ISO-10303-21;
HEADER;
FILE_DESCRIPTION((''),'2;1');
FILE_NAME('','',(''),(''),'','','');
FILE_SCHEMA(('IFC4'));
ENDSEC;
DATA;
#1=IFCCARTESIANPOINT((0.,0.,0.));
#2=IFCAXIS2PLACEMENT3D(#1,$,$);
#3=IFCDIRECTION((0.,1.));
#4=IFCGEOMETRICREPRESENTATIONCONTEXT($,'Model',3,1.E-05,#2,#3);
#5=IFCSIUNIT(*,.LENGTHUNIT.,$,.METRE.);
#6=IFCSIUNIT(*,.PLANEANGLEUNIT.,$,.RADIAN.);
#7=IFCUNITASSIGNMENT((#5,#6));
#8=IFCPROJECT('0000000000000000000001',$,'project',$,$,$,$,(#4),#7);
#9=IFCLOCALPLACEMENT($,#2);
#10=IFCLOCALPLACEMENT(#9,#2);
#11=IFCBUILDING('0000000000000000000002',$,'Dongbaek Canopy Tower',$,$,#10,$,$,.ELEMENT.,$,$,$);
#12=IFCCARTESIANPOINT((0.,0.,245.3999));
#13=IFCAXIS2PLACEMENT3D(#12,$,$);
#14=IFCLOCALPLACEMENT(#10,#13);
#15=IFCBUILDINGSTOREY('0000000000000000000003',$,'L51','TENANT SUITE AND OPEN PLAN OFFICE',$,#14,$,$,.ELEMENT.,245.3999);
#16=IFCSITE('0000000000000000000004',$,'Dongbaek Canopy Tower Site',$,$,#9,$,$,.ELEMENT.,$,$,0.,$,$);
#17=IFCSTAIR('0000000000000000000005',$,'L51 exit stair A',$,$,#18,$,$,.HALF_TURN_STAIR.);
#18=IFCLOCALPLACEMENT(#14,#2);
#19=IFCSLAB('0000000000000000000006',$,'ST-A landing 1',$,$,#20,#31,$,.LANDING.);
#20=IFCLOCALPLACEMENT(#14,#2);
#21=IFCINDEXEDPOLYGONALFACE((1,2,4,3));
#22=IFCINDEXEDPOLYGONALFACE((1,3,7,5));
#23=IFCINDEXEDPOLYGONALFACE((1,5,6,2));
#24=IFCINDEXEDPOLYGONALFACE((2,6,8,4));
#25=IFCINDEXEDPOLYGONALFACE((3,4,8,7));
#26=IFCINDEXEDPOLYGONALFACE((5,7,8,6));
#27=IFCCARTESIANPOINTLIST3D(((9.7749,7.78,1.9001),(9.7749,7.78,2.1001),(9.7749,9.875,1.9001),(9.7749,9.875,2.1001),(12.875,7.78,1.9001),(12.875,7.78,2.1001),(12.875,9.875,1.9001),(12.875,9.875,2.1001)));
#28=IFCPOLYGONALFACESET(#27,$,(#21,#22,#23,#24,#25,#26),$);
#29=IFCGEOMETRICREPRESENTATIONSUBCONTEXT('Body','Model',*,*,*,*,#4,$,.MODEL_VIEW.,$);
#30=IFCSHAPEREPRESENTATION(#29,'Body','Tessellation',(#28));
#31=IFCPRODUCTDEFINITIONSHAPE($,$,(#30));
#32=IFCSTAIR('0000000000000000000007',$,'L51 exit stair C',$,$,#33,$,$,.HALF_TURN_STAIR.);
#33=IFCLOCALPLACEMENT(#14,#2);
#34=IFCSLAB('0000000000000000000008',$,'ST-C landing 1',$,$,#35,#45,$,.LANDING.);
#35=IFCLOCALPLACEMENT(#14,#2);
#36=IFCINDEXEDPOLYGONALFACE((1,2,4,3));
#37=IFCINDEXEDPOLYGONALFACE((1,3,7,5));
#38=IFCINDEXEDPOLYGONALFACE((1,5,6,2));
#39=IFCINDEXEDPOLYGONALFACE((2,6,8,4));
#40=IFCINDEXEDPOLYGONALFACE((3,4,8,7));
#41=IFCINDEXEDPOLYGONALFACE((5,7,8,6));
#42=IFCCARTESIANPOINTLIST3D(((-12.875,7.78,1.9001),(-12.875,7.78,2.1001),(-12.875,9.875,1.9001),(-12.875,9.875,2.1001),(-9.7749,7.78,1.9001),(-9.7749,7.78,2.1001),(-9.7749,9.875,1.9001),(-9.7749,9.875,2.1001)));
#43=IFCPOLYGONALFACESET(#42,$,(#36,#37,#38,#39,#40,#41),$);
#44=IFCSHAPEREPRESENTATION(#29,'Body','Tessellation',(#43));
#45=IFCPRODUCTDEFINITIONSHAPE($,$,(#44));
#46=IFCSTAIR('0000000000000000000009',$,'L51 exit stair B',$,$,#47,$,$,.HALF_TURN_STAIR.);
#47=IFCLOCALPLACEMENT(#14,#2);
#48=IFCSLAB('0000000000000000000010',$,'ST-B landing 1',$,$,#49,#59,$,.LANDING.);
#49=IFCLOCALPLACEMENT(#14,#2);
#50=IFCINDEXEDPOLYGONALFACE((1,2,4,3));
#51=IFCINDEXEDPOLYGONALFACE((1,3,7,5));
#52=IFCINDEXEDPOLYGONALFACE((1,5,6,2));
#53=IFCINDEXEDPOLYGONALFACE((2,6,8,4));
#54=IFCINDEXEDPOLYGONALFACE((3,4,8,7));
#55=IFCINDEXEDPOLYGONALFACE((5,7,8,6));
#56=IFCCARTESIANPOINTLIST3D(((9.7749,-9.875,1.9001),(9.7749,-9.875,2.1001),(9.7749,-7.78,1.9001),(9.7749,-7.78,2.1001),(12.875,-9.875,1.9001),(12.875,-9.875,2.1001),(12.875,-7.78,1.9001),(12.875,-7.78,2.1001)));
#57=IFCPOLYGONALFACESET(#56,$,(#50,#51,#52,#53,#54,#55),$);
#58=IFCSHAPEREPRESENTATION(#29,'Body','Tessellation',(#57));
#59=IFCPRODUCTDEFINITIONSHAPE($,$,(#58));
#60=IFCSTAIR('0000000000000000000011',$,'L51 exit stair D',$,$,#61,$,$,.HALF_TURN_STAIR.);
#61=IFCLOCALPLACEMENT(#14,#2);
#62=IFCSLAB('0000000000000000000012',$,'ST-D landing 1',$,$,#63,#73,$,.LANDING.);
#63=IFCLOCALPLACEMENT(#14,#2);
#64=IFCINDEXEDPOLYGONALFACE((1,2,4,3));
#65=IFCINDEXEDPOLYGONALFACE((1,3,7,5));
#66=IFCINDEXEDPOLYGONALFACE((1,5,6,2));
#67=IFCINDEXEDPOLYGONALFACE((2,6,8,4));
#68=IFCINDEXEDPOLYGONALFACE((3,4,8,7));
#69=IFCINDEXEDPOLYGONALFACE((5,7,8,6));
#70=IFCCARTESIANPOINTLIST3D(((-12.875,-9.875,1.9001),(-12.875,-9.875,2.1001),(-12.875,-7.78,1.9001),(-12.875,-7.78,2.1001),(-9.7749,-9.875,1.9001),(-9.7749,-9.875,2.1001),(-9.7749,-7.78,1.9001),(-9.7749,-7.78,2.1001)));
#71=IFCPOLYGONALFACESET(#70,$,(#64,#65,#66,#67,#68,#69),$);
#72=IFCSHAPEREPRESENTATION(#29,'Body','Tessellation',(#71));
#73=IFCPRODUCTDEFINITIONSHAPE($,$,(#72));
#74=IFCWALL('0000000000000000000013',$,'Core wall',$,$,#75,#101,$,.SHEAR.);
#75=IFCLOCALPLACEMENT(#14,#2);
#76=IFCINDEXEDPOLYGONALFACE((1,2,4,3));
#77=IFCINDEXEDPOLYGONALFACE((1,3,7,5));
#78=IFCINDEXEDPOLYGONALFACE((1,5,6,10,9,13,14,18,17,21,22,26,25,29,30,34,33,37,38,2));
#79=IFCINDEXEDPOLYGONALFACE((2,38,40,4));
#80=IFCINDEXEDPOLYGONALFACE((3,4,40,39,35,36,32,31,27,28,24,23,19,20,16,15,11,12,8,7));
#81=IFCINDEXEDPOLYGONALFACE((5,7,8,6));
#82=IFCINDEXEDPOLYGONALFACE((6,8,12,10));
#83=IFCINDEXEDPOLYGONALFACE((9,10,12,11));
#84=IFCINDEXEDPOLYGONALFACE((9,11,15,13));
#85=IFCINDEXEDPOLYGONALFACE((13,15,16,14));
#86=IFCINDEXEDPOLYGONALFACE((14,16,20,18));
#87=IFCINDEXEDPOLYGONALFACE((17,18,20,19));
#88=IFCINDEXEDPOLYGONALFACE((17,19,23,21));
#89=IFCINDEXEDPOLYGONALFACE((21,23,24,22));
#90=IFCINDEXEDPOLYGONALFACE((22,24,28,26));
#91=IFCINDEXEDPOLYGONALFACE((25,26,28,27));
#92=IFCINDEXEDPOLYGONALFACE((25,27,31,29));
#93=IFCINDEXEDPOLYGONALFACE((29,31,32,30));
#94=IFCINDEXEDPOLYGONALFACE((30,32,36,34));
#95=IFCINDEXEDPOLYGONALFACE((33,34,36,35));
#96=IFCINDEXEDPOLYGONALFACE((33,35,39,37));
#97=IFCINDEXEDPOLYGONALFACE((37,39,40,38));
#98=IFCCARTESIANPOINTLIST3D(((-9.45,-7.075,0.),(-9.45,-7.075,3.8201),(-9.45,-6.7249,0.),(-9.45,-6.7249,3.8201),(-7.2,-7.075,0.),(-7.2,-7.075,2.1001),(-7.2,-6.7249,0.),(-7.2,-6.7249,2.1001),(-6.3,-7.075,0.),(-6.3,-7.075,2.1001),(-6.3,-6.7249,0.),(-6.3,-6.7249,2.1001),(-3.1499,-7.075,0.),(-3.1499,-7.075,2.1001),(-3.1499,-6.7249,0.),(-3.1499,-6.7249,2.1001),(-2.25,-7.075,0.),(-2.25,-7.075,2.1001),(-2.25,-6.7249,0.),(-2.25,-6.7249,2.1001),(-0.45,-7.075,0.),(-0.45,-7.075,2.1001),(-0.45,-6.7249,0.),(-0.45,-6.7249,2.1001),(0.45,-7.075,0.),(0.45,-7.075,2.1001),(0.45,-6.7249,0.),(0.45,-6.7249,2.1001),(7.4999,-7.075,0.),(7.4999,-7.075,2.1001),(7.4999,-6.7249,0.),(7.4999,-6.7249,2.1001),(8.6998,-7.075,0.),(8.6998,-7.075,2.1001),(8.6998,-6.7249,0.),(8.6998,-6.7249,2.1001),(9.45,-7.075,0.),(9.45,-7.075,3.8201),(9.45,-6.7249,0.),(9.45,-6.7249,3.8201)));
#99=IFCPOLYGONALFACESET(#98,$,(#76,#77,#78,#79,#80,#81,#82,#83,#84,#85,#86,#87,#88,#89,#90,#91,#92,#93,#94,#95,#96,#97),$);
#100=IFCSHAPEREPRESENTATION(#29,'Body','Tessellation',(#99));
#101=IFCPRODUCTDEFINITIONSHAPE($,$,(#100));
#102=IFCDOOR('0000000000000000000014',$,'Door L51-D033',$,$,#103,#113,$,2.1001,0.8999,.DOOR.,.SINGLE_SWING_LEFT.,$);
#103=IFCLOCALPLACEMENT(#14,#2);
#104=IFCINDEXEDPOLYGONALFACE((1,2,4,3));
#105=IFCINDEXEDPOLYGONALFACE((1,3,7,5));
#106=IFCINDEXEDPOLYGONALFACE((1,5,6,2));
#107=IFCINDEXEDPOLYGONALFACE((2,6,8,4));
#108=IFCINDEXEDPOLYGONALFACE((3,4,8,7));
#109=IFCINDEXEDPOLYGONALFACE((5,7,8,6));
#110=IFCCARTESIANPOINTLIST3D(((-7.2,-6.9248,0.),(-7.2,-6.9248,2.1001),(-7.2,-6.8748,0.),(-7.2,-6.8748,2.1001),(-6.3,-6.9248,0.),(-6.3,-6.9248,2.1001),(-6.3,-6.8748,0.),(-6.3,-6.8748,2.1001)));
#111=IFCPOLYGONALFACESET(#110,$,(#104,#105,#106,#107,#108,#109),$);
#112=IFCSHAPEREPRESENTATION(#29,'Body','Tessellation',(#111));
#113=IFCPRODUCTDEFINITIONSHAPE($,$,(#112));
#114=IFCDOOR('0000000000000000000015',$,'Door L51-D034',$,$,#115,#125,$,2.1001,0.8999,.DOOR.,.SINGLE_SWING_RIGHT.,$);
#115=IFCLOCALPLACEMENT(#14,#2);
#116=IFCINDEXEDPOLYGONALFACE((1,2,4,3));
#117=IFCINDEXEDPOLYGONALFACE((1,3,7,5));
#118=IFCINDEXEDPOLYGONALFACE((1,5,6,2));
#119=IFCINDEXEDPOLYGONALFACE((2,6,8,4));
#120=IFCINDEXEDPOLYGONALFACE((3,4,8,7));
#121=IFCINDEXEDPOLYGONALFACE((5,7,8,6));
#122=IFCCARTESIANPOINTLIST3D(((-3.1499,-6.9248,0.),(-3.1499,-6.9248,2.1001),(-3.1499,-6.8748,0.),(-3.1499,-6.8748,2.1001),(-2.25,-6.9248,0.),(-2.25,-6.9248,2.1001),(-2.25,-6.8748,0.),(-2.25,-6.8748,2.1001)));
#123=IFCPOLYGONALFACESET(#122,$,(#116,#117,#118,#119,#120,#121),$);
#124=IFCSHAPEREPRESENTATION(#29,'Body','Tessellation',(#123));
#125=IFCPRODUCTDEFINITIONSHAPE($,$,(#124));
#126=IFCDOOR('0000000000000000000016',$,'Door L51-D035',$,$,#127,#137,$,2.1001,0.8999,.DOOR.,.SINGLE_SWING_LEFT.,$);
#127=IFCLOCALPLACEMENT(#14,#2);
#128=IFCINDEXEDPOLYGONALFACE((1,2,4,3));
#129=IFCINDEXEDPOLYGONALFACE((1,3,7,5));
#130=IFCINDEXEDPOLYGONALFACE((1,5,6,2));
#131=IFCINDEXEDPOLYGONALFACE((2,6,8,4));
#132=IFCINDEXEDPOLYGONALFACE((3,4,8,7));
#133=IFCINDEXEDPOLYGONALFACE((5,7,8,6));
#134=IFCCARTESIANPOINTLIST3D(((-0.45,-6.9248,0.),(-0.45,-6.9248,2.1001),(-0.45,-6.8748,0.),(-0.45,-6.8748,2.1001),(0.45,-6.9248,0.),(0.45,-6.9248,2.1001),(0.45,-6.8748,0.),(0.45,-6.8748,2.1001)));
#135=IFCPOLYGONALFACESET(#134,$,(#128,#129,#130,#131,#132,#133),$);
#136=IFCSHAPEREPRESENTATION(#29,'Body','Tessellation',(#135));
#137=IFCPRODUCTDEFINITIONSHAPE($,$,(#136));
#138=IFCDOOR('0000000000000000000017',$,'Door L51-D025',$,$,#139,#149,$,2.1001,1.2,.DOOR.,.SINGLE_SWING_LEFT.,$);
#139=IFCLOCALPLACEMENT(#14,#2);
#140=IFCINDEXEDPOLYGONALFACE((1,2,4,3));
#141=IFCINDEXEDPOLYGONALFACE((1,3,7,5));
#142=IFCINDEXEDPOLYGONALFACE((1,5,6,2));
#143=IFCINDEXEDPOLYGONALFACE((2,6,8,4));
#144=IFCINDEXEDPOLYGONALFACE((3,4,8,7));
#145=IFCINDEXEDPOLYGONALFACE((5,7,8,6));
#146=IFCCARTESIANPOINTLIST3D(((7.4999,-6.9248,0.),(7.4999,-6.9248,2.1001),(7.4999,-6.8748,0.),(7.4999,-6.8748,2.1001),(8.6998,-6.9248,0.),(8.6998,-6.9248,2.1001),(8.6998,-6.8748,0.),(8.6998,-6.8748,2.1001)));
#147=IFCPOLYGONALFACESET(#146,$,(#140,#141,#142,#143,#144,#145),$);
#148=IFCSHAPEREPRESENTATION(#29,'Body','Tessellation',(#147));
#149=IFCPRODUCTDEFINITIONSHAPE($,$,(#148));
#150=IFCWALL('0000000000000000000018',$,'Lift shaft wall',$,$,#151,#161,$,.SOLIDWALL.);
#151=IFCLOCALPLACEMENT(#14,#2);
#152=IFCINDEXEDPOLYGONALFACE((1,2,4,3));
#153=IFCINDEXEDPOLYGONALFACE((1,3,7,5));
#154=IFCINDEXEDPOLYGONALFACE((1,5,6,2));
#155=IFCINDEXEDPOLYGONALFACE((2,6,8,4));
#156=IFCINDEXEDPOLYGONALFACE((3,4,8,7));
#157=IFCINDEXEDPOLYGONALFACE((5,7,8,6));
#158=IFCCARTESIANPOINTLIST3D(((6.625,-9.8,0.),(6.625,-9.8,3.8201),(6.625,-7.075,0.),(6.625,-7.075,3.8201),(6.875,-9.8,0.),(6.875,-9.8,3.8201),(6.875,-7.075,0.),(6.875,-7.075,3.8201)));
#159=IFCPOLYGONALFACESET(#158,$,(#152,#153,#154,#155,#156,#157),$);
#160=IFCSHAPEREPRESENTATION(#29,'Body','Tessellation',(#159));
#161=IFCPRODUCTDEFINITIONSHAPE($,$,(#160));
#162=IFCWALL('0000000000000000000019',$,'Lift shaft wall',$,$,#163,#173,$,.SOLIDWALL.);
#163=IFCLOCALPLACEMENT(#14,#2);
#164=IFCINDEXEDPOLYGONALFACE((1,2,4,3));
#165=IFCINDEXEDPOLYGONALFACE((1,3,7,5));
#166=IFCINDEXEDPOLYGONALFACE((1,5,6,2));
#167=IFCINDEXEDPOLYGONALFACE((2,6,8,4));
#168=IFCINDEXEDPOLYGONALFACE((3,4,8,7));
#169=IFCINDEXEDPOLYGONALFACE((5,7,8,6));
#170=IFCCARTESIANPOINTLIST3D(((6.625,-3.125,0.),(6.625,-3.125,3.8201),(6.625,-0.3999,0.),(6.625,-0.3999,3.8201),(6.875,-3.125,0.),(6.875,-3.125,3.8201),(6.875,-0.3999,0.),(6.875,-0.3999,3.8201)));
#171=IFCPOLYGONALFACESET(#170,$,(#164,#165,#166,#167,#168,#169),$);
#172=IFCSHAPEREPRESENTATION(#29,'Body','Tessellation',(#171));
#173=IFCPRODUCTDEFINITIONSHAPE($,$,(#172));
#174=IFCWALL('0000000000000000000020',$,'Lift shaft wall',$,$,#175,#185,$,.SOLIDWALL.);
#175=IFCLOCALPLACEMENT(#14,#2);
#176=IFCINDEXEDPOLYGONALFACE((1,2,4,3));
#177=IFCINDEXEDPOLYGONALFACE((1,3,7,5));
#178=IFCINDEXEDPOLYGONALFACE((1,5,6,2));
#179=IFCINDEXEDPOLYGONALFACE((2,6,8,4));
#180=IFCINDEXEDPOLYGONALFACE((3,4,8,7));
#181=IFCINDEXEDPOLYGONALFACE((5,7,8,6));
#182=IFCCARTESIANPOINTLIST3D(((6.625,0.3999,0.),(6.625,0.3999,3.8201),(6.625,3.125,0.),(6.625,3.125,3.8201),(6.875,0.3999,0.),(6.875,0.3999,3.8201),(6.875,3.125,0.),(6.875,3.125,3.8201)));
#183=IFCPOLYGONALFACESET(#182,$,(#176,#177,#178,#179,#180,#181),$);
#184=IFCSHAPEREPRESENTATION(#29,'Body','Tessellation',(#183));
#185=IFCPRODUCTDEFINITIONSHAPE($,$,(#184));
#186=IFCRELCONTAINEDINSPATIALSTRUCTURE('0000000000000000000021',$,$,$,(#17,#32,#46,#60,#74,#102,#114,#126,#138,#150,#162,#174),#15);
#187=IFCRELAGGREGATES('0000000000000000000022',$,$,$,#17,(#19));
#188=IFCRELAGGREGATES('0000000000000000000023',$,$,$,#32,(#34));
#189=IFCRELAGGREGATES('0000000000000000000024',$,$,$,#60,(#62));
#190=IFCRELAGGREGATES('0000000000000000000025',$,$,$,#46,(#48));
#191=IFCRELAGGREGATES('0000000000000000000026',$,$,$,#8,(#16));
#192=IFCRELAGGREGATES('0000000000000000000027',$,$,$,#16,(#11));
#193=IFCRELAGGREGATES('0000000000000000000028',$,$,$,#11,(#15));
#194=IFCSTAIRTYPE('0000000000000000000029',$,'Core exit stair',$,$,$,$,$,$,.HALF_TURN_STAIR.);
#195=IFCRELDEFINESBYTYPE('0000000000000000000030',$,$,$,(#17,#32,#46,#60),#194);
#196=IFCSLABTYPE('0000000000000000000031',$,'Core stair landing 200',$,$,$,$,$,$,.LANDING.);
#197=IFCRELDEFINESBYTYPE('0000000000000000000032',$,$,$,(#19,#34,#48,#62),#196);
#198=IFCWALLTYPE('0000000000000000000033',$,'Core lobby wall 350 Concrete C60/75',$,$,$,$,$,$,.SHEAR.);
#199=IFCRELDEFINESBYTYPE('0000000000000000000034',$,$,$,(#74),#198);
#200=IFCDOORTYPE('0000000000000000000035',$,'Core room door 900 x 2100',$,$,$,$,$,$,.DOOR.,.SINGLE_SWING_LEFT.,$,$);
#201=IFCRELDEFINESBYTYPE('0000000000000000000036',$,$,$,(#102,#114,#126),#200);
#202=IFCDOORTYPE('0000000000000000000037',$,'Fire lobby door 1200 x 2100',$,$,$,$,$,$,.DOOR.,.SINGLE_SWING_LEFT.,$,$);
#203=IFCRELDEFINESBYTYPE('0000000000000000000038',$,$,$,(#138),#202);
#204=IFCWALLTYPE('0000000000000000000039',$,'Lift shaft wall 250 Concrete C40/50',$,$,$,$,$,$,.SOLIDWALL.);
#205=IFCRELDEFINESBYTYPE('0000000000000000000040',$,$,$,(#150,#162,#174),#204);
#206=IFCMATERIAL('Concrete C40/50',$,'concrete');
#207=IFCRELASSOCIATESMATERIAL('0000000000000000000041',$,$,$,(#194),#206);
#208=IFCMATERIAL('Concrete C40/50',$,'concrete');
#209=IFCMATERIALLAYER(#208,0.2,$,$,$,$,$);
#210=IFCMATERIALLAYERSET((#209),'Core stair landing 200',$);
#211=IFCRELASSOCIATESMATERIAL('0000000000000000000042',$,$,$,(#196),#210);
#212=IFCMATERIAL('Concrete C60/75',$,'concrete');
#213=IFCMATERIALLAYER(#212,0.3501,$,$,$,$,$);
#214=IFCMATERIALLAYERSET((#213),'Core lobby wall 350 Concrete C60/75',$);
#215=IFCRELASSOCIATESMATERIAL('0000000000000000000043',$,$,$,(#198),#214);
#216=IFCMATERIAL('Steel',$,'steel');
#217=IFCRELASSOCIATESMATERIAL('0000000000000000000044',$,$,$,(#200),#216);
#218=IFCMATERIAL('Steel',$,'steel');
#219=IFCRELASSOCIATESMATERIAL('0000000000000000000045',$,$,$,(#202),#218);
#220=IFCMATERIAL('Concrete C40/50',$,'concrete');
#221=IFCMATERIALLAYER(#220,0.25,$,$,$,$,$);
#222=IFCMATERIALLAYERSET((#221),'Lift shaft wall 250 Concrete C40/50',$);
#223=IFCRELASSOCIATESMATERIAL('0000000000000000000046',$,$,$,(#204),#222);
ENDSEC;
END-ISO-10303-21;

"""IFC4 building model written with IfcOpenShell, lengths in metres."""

from ifc_helpers import new_model, si_unit, direction, frame, frame_2d, origin, place, context, subcontext, project, spatial, polyline, rectangle, outline, extrude, material, layer, layer_set, type_object, element, fill, aggregate, save


model = new_model("IFC4")

# Units and contexts
model_context = context("Model", 3, precision=1e-05, world=origin(), true_north=direction((0.0, 1.0)))
body_context = subcontext(model_context, "Body", "Model", "MODEL_VIEW")
ifc_project = project(units=[si_unit("LENGTHUNIT", "METRE"), si_unit("PLANEANGLEUNIT", "RADIAN")], contexts=[model_context])

# Site, building, storey
site_placement = place(None, origin())
site = spatial("IfcSite", under=ifc_project, at=site_placement, Name="Dongbaek Canopy Tower Site", CompositionType="ELEMENT", RefElevation=0.0)
building_placement = place(site_placement, origin())
building = spatial("IfcBuilding", under=site, at=building_placement, Name="Dongbaek Canopy Tower", CompositionType="ELEMENT")
storey_placement = place(building_placement, frame((0.0, 0.0, 245.3999)))
storey = spatial("IfcBuildingStorey", under=building, at=storey_placement, Name="L51", Description="TENANT SUITE AND OPEN PLAN OFFICE", CompositionType="ELEMENT", Elevation=245.3999)

# Stairs, slabs
ifc_material_1 = material(Name="Concrete C40/50", Category="concrete")
stair_type = type_object("IfcStairType", Name="Core exit stair", PredefinedType="HALF_TURN_STAIR", material=ifc_material_1)
stair_1_placement = place(storey_placement, origin())
stair_1 = element("IfcStair", 1, at=stair_1_placement, inside=storey, type_object=stair_type, Name="L51 exit stair A", PredefinedType="HALF_TURN_STAIR")
ifc_material_2 = material(Name="Concrete C40/50", Category="concrete")
ifc_layer_1 = layer(ifc_material_2, 0.2)
ifc_layer_set_1 = layer_set([ifc_layer_1], Name="Core stair landing 200")
slab_type = type_object("IfcSlabType", Name="Core stair landing 200", PredefinedType="LANDING", material=ifc_layer_set_1)
slab_1_placement = place(storey_placement, frame((0.0, 0.0, 1.9001)))
slab_1 = element("IfcSlab", 2, at=slab_1_placement, type_object=slab_type, Name="ST-A landing 1", PredefinedType="LANDING", context=body_context, shape_type="SweptSolid", body=[
    extrude(outline(polyline([(12.875, 7.78), (12.875, 9.875), (9.7749, 9.875), (9.7749, 7.78), (12.875, 7.78)])), origin(), (0.0, 0.0, 1.0), 0.2),
])
aggregate(stair_1, [slab_1])
stair_2_placement = place(storey_placement, origin())
stair_2 = element("IfcStair", 3, at=stair_2_placement, inside=storey, type_object=stair_type, Name="L51 exit stair C", PredefinedType="HALF_TURN_STAIR")
slab_2_placement = place(storey_placement, frame((0.0, 0.0, 1.9001)))
slab_2 = element("IfcSlab", 4, at=slab_2_placement, type_object=slab_type, Name="ST-C landing 1", PredefinedType="LANDING", context=body_context, shape_type="SweptSolid", body=[
    extrude(outline(polyline([(-9.7749, 7.78), (-9.7749, 9.875), (-12.875, 9.875), (-12.875, 7.78), (-9.7749, 7.78)])), origin(), (0.0, 0.0, 1.0), 0.2),
])
aggregate(stair_2, [slab_2])
stair_3_placement = place(storey_placement, origin())
stair_3 = element("IfcStair", 5, at=stair_3_placement, inside=storey, type_object=stair_type, Name="L51 exit stair B", PredefinedType="HALF_TURN_STAIR")
slab_3_placement = place(storey_placement, frame((0.0, 0.0, 1.9001)))
slab_3 = element("IfcSlab", 6, at=slab_3_placement, type_object=slab_type, Name="ST-B landing 1", PredefinedType="LANDING", context=body_context, shape_type="SweptSolid", body=[
    extrude(outline(polyline([(9.7749, -7.78), (9.7749, -9.875), (12.875, -9.875), (12.875, -7.78), (9.7749, -7.78)])), origin(), (0.0, 0.0, 1.0), 0.2),
])
stair_4_placement = place(storey_placement, origin())
stair_4 = element("IfcStair", 7, at=stair_4_placement, inside=storey, type_object=stair_type, Name="L51 exit stair D", PredefinedType="HALF_TURN_STAIR")
slab_4_placement = place(storey_placement, frame((0.0, 0.0, 1.9001)))
slab_4 = element("IfcSlab", 8, at=slab_4_placement, type_object=slab_type, Name="ST-D landing 1", PredefinedType="LANDING", context=body_context, shape_type="SweptSolid", body=[
    extrude(outline(polyline([(-12.875, -7.78), (-12.875, -9.875), (-9.7749, -9.875), (-9.7749, -7.78), (-12.875, -7.78)])), origin(), (0.0, 0.0, 1.0), 0.2),
])
aggregate(stair_4, [slab_4])

# Wall, openings, doors
ifc_material_3 = material(Name="Concrete C60/75", Category="concrete")
ifc_layer_2 = layer(ifc_material_3, 0.3501)
ifc_layer_set_2 = layer_set([ifc_layer_2], Name="Core lobby wall 350 Concrete C60/75")
wall_type_1 = type_object("IfcWallType", Name="Core lobby wall 350 Concrete C60/75", PredefinedType="SHEAR", material=ifc_layer_set_2)
wall_1_placement = place(storey_placement, frame((9.45, -6.8999, 0.0), z_axis=(0.0, 0.0, 1.0), x_axis=(-1.0, 0.0, 0.0)))
wall_1 = element("IfcWall", 9, at=wall_1_placement, inside=storey, type_object=wall_type_1, Name="Core wall", PredefinedType="SHEAR", context=body_context, shape_type="SweptSolid", body=[
    extrude(rectangle(XDim=18.8999, YDim=0.3501, at=frame_2d((9.45, 0.0))), origin(), (0.0, 0.0, 1.0), 3.8201),
])
opening_1_placement = place(wall_1_placement, frame((0.75, 0.0, 0.0)))
opening_1 = element("IfcOpeningElement", 10, at=opening_1_placement, cuts=wall_1, PredefinedType="OPENING", context=body_context, shape_type="SweptSolid", body=[
    extrude(rectangle(XDim=1.2, YDim=2.1001, at=frame_2d((0.6001, 1.05))), frame((0.0, 0.1851, 0.0), z_axis=(0.0, -1.0, 0.0), x_axis=(1.0, 0.0, 0.0)), (0.0, 0.0, 1.0), 0.3701),
])
opening_2_placement = place(wall_1_placement, frame((15.75, 0.0, 0.0)))
opening_2 = element("IfcOpeningElement", 11, at=opening_2_placement, cuts=wall_1, PredefinedType="OPENING", context=body_context, shape_type="SweptSolid", body=[
    extrude(rectangle(XDim=0.8999, YDim=2.1001, at=frame_2d((0.45, 1.05))), frame((0.0, 0.1851, 0.0), z_axis=(0.0, -1.0, 0.0), x_axis=(1.0, 0.0, 0.0)), (0.0, 0.0, 1.0), 0.3701),
])
opening_3_placement = place(wall_1_placement, frame((11.7, 0.0, 0.0)))
opening_3 = element("IfcOpeningElement", 12, at=opening_3_placement, cuts=wall_1, PredefinedType="OPENING", context=body_context, shape_type="SweptSolid", body=[
    extrude(rectangle(XDim=0.8999, YDim=2.1001, at=frame_2d((0.45, 1.05))), frame((0.0, 0.1851, 0.0), z_axis=(0.0, -1.0, 0.0), x_axis=(1.0, 0.0, 0.0)), (0.0, 0.0, 1.0), 0.3701),
])
opening_4_placement = place(wall_1_placement, frame((9.0, 0.0, 0.0)))
opening_4 = element("IfcOpeningElement", 13, at=opening_4_placement, cuts=wall_1, PredefinedType="OPENING", context=body_context, shape_type="SweptSolid", body=[
    extrude(rectangle(XDim=0.8999, YDim=2.1001, at=frame_2d((0.45, 1.05))), frame((0.0, 0.1851, 0.0), z_axis=(0.0, -1.0, 0.0), x_axis=(1.0, 0.0, 0.0)), (0.0, 0.0, 1.0), 0.3701),
])
ifc_material_4 = material(Name="Steel", Category="steel")
door_type_1 = type_object("IfcDoorType", Name="Core room door 900 x 2100", OperationType="SINGLE_SWING_LEFT", PredefinedType="DOOR", material=ifc_material_4)
door_1_placement = place(opening_2_placement, origin())
door_1 = element("IfcDoor", 14, at=door_1_placement, inside=storey, type_object=door_type_1, Name="Door L51-D033", OperationType="SINGLE_SWING_LEFT", OverallHeight=2.1001, OverallWidth=0.8999, PredefinedType="DOOR", context=body_context, shape_type="SweptSolid", body=[
    extrude(rectangle(XDim=0.8999, YDim=2.1001, at=frame_2d((0.45, 1.05))), frame((0.0, 0.0249, 0.0), z_axis=(0.0, -1.0, 0.0), x_axis=(1.0, 0.0, 0.0)), (0.0, 0.0, 1.0), 0.05),
])
fill(opening_2, door_1)
door_2_placement = place(opening_3_placement, origin())
door_2 = element("IfcDoor", 15, at=door_2_placement, inside=storey, type_object=door_type_1, Name="Door L51-D034", OperationType="SINGLE_SWING_RIGHT", OverallHeight=2.1001, OverallWidth=0.8999, PredefinedType="DOOR", context=body_context, shape_type="SweptSolid", body=[
    extrude(rectangle(XDim=0.8999, YDim=2.1001, at=frame_2d((0.45, 1.05))), frame((0.0, 0.0249, 0.0), z_axis=(0.0, -1.0, 0.0), x_axis=(1.0, 0.0, 0.0)), (0.0, 0.0, 1.0), 0.05),
])
fill(opening_3, door_2)
door_3_placement = place(opening_4_placement, origin())
door_3 = element("IfcDoor", 16, at=door_3_placement, inside=storey, type_object=door_type_1, Name="Door L51-D035", OperationType="SINGLE_SWING_LEFT", OverallHeight=2.1001, OverallWidth=0.8999, PredefinedType="DOOR", context=body_context, shape_type="SweptSolid", body=[
    extrude(rectangle(XDim=0.8999, YDim=2.1001, at=frame_2d((0.45, 1.05))), frame((0.0, 0.0249, 0.0), z_axis=(0.0, -1.0, 0.0), x_axis=(1.0, 0.0, 0.0)), (0.0, 0.0, 1.0), 0.05),
])
fill(opening_4, door_3)
ifc_material_5 = material(Name="Steel", Category="steel")
door_type_2 = type_object("IfcDoorType", Name="Fire lobby door 1200 x 2100", OperationType="SINGLE_SWING_LEFT", PredefinedType="DOOR", material=ifc_material_5)
door_4_placement = place(opening_1_placement, origin())
door_4 = element("IfcDoor", 17, at=door_4_placement, inside=storey, type_object=door_type_2, Name="Door L51-D025", OperationType="SINGLE_SWING_LEFT", OverallHeight=2.1001, OverallWidth=1.2, PredefinedType="DOOR", context=body_context, shape_type="SweptSolid", body=[
    extrude(rectangle(XDim=1.2, YDim=2.1001, at=frame_2d((0.6001, 1.05))), frame((0.0, 0.0249, 0.0), z_axis=(0.0, -1.0, 0.0), x_axis=(1.0, 0.0, 0.0)), (0.0, 0.0, 1.0), 0.05),
])
fill(opening_1, door_4)

# Walls
ifc_material_6 = material(Name="Concrete C40/50", Category="concrete")
ifc_layer_3 = layer(ifc_material_6, 0.25)
ifc_layer_set_3 = layer_set([ifc_layer_3], Name="Lift shaft wall 250 Concrete C40/50")
wall_type_2 = type_object("IfcWallType", Name="Lift shaft wall 250 Concrete C40/50", PredefinedType="SOLIDWALL", material=ifc_layer_set_3)
for number, where, z_axis, x_axis, name in (
    (18, (6.75, -9.8, 0.0), (0.0, 0.0, 1.0), (0.0, 1.0, 0.0), "Lift shaft wall"),
    (19, (6.75, -3.125, 0.0), (0.0, 0.0, 1.0), (0.0, 1.0, 0.0), "Lift shaft wall"),
    (20, (6.75, 0.3999, 0.0), (0.0, 0.0, 1.0), (0.0, 1.0, 0.0), "Lift shaft wall"),
):
    element("IfcWall", number, at=place(storey_placement, frame(where, z_axis=z_axis, x_axis=x_axis)), inside=storey, type_object=wall_type_2, Name=name, PredefinedType="SOLIDWALL", context=body_context, shape_type="SweptSolid", body=[
        extrude(rectangle(XDim=2.7251, YDim=0.25, at=frame_2d((1.3625, 0.0))), origin(), (0.0, 0.0, 1.0), 3.8201),
    ])

aggregate(stair_3, [slab_3])

save(model, "model.ifc")
